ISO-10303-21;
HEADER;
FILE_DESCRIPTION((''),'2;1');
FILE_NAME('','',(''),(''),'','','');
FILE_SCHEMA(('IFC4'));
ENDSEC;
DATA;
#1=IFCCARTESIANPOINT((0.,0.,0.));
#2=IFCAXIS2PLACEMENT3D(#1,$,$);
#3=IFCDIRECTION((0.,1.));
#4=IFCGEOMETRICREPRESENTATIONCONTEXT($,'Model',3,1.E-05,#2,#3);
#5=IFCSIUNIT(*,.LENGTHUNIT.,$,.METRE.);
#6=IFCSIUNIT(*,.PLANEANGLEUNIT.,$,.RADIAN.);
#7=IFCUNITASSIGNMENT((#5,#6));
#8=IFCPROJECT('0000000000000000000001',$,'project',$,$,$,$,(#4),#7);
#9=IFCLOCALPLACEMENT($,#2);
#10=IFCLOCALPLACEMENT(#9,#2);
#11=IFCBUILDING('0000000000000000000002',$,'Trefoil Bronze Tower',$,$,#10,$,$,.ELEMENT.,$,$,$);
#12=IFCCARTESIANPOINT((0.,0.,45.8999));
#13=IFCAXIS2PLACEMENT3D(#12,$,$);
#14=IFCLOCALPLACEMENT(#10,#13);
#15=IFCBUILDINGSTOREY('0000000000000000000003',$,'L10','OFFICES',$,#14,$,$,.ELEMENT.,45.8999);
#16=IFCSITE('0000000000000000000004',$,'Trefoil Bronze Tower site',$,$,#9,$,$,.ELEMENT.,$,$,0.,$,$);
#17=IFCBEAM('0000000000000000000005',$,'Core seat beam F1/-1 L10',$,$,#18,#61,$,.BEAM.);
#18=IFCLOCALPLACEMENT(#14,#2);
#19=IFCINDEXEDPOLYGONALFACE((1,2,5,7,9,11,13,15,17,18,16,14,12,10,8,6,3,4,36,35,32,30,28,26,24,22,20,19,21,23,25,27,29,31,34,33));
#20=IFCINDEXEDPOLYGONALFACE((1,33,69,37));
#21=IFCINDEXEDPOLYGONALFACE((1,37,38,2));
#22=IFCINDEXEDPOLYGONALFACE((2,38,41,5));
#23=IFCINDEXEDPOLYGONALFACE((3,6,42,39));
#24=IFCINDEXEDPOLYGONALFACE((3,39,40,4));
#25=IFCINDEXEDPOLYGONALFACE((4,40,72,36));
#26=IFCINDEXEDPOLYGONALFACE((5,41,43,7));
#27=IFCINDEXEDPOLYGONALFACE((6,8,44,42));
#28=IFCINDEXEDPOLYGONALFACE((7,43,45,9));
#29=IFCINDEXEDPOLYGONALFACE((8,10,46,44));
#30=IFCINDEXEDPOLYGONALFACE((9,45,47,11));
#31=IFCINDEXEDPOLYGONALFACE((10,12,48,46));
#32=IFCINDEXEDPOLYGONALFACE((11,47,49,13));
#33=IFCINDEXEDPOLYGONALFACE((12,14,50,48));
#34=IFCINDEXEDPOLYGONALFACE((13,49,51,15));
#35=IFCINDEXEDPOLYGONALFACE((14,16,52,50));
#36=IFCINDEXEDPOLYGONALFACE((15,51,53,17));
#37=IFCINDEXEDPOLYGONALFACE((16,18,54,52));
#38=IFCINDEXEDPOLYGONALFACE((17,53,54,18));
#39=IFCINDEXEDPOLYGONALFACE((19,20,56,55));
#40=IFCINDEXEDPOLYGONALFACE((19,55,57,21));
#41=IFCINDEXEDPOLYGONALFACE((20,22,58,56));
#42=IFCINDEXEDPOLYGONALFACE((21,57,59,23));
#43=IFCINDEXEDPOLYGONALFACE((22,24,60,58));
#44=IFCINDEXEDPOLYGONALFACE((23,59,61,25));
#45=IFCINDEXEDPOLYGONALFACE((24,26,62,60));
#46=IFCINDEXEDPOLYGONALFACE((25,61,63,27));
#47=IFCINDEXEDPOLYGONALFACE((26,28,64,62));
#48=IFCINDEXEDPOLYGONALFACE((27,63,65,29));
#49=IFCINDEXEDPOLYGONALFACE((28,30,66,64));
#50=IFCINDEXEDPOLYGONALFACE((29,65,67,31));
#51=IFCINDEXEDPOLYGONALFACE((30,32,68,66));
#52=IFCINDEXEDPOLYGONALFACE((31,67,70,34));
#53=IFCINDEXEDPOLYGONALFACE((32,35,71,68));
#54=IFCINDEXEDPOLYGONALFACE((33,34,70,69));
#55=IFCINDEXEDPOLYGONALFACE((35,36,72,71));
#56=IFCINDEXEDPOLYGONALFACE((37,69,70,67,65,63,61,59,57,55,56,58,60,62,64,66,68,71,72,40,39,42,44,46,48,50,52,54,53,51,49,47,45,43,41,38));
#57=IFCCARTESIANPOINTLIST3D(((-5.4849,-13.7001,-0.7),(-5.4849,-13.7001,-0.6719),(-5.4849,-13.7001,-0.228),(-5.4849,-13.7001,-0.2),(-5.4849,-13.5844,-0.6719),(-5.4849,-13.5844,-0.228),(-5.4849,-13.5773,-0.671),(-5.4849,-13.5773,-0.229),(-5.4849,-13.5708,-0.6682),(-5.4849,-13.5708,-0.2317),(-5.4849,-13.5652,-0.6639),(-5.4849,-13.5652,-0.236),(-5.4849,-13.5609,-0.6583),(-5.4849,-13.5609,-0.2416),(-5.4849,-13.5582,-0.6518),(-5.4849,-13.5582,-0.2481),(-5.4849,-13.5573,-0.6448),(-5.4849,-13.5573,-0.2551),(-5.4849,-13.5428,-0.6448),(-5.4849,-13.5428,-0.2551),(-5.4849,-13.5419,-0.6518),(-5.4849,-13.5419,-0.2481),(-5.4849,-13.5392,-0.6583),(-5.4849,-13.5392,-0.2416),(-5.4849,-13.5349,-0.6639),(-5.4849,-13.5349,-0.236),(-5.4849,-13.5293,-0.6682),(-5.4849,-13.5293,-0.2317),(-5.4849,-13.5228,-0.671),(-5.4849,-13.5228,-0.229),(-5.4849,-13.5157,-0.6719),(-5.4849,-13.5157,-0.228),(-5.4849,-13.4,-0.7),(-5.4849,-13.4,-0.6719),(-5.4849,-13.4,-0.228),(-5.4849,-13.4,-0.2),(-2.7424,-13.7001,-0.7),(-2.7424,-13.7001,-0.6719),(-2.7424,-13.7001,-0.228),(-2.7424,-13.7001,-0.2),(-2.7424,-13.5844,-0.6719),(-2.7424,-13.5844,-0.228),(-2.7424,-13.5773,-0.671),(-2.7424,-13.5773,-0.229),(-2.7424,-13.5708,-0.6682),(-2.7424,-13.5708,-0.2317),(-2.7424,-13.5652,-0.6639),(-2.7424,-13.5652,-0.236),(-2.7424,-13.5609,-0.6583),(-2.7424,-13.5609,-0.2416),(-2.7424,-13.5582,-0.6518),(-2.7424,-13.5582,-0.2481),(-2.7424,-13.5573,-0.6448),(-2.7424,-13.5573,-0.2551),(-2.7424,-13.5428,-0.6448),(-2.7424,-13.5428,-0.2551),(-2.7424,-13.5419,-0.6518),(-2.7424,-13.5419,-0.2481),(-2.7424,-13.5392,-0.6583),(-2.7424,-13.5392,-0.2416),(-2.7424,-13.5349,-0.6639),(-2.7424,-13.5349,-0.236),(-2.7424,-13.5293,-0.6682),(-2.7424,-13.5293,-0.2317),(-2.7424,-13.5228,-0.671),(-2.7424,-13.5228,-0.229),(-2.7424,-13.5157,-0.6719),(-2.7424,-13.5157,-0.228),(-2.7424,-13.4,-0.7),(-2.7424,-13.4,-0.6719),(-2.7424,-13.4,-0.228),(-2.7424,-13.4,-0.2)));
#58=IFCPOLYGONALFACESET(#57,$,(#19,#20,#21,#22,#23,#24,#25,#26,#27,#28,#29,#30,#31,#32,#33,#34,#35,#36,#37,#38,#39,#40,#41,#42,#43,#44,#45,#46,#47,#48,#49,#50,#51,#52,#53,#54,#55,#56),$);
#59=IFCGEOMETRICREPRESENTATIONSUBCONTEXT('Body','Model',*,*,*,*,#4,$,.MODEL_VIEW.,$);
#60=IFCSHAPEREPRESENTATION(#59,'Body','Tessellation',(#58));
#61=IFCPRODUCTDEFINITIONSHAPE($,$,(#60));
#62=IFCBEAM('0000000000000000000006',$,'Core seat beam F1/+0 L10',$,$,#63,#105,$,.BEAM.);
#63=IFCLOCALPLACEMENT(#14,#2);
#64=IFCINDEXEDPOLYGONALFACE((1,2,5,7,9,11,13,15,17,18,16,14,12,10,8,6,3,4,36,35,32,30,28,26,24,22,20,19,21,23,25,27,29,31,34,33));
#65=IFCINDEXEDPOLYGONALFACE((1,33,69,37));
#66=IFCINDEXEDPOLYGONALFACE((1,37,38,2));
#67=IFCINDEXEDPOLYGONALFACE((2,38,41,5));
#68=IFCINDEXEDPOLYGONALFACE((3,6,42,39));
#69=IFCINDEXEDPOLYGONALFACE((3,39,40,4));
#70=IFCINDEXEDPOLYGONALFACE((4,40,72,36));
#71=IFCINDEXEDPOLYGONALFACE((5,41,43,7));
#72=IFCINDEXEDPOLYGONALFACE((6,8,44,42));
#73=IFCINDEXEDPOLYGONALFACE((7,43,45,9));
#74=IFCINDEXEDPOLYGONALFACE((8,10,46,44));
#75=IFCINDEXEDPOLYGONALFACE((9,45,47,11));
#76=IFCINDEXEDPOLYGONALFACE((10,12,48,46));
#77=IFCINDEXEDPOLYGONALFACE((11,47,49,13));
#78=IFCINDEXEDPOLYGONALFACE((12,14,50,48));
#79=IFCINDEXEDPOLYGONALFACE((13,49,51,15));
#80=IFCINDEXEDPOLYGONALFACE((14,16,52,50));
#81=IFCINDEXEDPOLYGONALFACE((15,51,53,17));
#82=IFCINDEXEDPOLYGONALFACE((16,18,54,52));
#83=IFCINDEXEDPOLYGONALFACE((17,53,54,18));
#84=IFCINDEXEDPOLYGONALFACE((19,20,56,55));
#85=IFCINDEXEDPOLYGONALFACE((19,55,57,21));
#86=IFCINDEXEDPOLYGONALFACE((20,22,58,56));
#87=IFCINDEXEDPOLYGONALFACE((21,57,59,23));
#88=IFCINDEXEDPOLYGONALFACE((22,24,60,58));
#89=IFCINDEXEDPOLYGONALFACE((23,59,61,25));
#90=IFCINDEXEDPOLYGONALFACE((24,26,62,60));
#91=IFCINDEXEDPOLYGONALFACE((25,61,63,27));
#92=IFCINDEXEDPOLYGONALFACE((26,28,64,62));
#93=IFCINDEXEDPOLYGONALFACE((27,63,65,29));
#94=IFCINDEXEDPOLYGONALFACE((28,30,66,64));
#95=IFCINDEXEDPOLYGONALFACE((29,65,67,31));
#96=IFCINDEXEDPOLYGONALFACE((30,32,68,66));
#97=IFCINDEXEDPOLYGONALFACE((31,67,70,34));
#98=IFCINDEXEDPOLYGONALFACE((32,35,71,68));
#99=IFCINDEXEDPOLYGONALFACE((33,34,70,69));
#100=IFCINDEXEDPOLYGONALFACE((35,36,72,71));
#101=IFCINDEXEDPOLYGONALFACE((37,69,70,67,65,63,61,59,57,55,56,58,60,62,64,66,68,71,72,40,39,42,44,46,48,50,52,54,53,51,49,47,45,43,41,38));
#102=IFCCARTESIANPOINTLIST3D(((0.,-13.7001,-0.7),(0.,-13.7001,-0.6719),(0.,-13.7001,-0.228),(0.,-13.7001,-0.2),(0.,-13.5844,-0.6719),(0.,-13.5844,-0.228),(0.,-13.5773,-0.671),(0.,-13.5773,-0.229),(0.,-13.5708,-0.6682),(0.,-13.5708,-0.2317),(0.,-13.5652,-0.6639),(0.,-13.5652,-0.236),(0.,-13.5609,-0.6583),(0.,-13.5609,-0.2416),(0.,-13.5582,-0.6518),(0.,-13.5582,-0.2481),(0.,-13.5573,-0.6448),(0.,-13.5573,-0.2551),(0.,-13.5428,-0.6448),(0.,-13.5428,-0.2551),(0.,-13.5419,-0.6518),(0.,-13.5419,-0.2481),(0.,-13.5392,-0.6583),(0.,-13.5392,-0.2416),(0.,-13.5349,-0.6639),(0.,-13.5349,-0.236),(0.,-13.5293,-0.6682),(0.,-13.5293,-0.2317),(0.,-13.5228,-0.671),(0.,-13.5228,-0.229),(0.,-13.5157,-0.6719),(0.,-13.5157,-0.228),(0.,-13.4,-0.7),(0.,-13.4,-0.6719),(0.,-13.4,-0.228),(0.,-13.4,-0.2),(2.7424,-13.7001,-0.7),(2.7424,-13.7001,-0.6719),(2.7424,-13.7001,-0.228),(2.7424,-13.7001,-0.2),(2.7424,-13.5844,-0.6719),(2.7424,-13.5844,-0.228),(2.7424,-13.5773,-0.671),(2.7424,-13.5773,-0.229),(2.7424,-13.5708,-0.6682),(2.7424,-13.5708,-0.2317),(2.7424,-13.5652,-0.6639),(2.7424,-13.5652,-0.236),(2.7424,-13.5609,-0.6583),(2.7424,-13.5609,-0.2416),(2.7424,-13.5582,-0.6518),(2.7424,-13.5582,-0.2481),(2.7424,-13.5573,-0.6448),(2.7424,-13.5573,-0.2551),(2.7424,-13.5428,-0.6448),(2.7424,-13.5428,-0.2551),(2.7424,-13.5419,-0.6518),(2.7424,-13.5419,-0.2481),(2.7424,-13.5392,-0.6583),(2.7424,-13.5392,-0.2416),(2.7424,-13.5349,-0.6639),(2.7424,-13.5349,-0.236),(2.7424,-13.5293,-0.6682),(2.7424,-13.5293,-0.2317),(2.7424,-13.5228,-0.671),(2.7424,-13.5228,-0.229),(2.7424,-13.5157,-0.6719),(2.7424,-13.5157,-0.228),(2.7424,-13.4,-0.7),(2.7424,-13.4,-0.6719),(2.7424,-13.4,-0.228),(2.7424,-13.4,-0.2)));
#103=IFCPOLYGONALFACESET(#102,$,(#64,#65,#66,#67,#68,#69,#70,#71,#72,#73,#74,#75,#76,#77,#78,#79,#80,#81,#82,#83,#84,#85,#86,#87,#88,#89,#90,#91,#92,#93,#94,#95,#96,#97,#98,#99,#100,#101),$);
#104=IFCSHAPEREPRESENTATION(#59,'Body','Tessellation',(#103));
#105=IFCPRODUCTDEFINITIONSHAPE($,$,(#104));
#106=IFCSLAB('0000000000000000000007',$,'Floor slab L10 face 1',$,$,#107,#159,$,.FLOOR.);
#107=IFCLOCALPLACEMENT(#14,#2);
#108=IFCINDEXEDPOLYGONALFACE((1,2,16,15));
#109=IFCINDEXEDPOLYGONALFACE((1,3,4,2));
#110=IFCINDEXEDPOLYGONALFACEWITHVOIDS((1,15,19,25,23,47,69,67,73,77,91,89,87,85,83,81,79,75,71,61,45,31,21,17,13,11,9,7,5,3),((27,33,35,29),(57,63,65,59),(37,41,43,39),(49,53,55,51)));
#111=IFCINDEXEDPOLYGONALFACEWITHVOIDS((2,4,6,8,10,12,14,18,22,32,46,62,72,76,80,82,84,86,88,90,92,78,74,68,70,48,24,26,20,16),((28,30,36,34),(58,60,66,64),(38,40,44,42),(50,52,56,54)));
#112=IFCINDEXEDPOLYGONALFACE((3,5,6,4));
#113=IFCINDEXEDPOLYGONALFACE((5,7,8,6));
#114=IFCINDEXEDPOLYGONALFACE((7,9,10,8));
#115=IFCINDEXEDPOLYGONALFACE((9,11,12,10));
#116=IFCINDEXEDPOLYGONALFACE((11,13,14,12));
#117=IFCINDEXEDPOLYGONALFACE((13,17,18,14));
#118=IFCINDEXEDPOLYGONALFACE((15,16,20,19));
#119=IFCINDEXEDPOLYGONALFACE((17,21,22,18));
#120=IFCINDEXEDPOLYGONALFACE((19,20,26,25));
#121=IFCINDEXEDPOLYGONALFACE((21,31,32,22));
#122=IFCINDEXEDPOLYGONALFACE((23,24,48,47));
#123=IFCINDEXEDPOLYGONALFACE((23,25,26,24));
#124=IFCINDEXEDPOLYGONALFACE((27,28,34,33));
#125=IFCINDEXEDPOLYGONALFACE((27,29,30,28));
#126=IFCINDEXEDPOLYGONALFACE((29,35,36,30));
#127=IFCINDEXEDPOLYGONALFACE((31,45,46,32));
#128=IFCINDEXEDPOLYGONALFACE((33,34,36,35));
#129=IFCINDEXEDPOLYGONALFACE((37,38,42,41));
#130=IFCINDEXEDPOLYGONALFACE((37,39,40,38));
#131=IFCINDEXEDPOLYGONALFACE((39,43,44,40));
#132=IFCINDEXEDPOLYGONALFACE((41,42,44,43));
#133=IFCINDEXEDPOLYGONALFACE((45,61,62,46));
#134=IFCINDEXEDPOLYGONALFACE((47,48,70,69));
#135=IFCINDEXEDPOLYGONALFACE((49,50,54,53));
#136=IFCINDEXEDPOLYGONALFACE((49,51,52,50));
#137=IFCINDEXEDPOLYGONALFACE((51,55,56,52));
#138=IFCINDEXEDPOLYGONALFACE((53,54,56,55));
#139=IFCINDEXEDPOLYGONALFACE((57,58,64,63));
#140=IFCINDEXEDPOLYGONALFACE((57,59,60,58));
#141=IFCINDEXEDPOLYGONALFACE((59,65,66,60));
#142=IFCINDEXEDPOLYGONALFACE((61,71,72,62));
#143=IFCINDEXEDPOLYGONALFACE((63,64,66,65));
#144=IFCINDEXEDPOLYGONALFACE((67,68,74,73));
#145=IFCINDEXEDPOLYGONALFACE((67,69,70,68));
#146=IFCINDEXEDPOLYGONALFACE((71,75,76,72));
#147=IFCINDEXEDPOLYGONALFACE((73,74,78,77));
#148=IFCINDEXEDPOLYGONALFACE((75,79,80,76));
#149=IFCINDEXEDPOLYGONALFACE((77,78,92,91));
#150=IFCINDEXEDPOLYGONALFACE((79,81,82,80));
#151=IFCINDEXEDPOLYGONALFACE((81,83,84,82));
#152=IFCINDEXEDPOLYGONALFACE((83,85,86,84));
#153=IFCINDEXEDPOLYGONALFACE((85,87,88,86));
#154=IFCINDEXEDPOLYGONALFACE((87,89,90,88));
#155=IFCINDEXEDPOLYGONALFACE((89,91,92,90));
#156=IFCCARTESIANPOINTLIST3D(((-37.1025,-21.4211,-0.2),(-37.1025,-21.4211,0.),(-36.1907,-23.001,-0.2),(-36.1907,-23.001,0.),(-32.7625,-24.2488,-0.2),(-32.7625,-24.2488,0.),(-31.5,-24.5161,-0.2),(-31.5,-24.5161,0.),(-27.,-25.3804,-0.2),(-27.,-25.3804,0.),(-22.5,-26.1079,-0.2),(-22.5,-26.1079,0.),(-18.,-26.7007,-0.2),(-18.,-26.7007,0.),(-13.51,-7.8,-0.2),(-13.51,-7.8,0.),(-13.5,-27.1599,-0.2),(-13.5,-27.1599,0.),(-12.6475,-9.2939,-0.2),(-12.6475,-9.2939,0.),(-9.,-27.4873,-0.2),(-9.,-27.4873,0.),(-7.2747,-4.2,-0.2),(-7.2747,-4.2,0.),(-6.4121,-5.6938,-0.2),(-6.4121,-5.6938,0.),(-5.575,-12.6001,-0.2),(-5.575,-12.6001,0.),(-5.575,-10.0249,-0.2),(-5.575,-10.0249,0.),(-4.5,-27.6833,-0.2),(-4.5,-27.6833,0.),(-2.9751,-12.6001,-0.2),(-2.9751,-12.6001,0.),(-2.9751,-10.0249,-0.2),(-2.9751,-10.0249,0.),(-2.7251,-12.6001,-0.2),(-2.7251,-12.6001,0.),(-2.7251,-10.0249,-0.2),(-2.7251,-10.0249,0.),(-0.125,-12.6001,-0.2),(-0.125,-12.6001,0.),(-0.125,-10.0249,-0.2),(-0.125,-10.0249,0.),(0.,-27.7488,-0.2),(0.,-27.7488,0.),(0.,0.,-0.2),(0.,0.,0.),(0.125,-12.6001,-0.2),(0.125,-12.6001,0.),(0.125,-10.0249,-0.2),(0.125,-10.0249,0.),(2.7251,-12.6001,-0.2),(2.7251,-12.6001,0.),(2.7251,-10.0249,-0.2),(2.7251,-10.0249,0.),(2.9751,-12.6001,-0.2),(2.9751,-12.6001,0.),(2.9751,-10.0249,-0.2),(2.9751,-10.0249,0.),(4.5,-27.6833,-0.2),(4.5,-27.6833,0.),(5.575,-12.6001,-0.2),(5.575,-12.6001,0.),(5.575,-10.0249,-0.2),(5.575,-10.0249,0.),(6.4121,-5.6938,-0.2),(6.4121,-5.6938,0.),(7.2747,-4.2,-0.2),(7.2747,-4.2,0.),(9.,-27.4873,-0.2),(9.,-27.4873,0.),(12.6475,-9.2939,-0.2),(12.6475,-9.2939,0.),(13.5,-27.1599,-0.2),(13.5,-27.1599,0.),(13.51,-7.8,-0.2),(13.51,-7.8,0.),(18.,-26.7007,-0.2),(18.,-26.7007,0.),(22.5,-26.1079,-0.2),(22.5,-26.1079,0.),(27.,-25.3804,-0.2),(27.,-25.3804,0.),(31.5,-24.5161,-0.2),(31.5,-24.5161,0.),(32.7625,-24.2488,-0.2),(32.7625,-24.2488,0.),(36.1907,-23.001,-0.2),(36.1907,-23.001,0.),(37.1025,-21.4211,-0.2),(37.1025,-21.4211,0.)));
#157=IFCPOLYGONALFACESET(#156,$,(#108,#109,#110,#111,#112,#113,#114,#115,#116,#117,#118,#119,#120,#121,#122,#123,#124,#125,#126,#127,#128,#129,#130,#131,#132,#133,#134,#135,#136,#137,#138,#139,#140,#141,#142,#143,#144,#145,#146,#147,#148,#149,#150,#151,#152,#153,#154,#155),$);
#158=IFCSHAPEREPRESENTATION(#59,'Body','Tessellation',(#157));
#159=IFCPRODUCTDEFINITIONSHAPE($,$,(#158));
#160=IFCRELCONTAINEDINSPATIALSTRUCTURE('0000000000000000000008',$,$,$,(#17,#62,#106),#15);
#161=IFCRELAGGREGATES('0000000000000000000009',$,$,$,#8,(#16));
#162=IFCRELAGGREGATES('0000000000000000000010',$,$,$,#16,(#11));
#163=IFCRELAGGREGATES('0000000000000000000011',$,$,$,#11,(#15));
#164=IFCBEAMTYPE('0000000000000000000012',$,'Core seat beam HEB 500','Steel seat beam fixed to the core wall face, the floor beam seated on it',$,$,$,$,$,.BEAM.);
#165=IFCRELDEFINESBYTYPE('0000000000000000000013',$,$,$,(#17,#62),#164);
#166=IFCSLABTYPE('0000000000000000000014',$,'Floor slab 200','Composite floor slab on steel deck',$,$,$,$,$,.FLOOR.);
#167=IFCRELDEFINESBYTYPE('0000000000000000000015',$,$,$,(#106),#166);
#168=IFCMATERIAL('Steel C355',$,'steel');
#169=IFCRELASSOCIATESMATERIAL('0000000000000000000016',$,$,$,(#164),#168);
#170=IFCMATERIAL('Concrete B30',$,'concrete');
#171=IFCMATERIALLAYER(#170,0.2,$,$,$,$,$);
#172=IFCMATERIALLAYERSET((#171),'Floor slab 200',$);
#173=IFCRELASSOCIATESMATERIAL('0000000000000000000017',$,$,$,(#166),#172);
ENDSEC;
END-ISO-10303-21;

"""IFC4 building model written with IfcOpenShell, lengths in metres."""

from ifc_helpers import new_model, si_unit, direction, frame, origin, origin_2d, place, context, subcontext, project, spatial, polyline, i_section, outline, extrude, material, layer, layer_set, material_profile, profile_set, type_object, element, save


model = new_model("IFC4")

# Units and contexts
model_context = context("Model", 3, precision=1e-05, world=origin(), true_north=direction((0.0, 1.0)))
body_context = subcontext(model_context, "Body", "Model", "MODEL_VIEW")
ifc_project = project(units=[si_unit("LENGTHUNIT", "METRE"), si_unit("PLANEANGLEUNIT", "RADIAN")], contexts=[model_context])

# Site, building, storey
site_placement = place(None, origin())
site = spatial("IfcSite", under=ifc_project, at=site_placement, Name="Trefoil Bronze Tower site", CompositionType="ELEMENT", RefElevation=0.0)
building_placement = place(site_placement, origin())
building = spatial("IfcBuilding", under=site, at=building_placement, Name="Trefoil Bronze Tower", CompositionType="ELEMENT")
storey_placement = place(building_placement, frame((0.0, 0.0, 45.8999)))
storey = spatial("IfcBuildingStorey", under=building, at=storey_placement, Name="L10", Description="OFFICES", CompositionType="ELEMENT", Elevation=45.8999)

# Beams
ifc_material_1 = material(Name="Steel C355", Category="steel")
ifc_material_profile = material_profile(ifc_material_1, i_section(OverallWidth=0.3, OverallDepth=0.5, WebThickness=0.0144, FlangeThickness=0.0281, FilletRadius=0.0271, at=origin_2d()), Name="HEB 500")
ifc_profile_set = profile_set([ifc_material_profile], Name="Steel C355")
beam_type = type_object("IfcBeamType", Name="Core seat beam HEB 500", Description="Steel seat beam fixed to the core wall face, the floor beam seated on it", PredefinedType="BEAM", material=ifc_profile_set)
for number, where, z_axis, x_axis, name in (
    (1, (-5.4849, -13.55, -0.45), (1.0, 0.0, 0.0), (0.0, 1.0, 0.0), "Core seat beam F1/-1 L10"),
    (2, (0.0, -13.55, -0.45), (1.0, 0.0, 0.0), (0.0, 1.0, 0.0), "Core seat beam F1/+0 L10"),
):
    element("IfcBeam", number, at=place(storey_placement, frame(where, z_axis=z_axis, x_axis=x_axis)), inside=storey, type_object=beam_type, Name=name, PredefinedType="BEAM", context=body_context, shape_type="SweptSolid", body=[
        extrude(i_section(OverallWidth=0.3, OverallDepth=0.5, WebThickness=0.0144, FlangeThickness=0.0281, FilletRadius=0.0271, at=origin_2d()), origin(), (0.0, 0.0, 1.0), 2.7424),
    ])

# Slab
ifc_material_2 = material(Name="Concrete B30", Category="concrete")
ifc_layer_1 = layer(ifc_material_2, 0.2)
ifc_layer_set_1 = layer_set([ifc_layer_1], Name="Floor slab 200")
slab_type = type_object("IfcSlabType", Name="Floor slab 200", Description="Composite floor slab on steel deck", PredefinedType="FLOOR", material=ifc_layer_set_1)
slab_1_placement = place(storey_placement, frame((0.0, 0.0, -0.2)))
element("IfcSlab", 3, at=slab_1_placement, inside=storey, type_object=slab_type, Name="Floor slab L10 face 1", PredefinedType="FLOOR", context=body_context, shape_type="SweptSolid", body=[
    extrude(outline(polyline([(27.0, -25.3804), (22.5, -26.1079), (18.0, -26.7007), (13.5, -27.1599), (9.0, -27.4873), (4.5, -27.6833), (0.0, -27.7488), (-4.5, -27.6833), (-9.0, -27.4873), (-13.5, -27.1599), (-18.0, -26.7007), (-22.5, -26.1079), (-27.0, -25.3804), (-31.5, -24.5161), (-32.7625, -24.2488), (-36.1907, -23.001), (-37.1025, -21.4211), (-13.51, -7.8), (-12.6475, -9.2939), (-6.4121, -5.6938), (-7.2747, -4.2), (0.0, 0.0), (7.2747, -4.2), (6.4121, -5.6938), (12.6475, -9.2939), (13.51, -7.8), (37.1025, -21.4211), (36.1907, -23.001), (32.7625, -24.2488), (31.5, -24.5161), (27.0, -25.3804)]), holes=[polyline([(-5.575, -10.0249), (-2.9751, -10.0249), (-2.9751, -12.6001), (-5.575, -12.6001), (-5.575, -10.0249)]), polyline([(-2.7251, -10.0249), (-0.125, -10.0249), (-0.125, -12.6001), (-2.7251, -12.6001), (-2.7251, -10.0249)]), polyline([(0.125, -10.0249), (2.7251, -10.0249), (2.7251, -12.6001), (0.125, -12.6001), (0.125, -10.0249)]), polyline([(2.9751, -10.0249), (5.575, -10.0249), (5.575, -12.6001), (2.9751, -12.6001), (2.9751, -10.0249)])]), origin(), (0.0, 0.0, 1.0), 0.2),
])

save(model, "model.ifc")
